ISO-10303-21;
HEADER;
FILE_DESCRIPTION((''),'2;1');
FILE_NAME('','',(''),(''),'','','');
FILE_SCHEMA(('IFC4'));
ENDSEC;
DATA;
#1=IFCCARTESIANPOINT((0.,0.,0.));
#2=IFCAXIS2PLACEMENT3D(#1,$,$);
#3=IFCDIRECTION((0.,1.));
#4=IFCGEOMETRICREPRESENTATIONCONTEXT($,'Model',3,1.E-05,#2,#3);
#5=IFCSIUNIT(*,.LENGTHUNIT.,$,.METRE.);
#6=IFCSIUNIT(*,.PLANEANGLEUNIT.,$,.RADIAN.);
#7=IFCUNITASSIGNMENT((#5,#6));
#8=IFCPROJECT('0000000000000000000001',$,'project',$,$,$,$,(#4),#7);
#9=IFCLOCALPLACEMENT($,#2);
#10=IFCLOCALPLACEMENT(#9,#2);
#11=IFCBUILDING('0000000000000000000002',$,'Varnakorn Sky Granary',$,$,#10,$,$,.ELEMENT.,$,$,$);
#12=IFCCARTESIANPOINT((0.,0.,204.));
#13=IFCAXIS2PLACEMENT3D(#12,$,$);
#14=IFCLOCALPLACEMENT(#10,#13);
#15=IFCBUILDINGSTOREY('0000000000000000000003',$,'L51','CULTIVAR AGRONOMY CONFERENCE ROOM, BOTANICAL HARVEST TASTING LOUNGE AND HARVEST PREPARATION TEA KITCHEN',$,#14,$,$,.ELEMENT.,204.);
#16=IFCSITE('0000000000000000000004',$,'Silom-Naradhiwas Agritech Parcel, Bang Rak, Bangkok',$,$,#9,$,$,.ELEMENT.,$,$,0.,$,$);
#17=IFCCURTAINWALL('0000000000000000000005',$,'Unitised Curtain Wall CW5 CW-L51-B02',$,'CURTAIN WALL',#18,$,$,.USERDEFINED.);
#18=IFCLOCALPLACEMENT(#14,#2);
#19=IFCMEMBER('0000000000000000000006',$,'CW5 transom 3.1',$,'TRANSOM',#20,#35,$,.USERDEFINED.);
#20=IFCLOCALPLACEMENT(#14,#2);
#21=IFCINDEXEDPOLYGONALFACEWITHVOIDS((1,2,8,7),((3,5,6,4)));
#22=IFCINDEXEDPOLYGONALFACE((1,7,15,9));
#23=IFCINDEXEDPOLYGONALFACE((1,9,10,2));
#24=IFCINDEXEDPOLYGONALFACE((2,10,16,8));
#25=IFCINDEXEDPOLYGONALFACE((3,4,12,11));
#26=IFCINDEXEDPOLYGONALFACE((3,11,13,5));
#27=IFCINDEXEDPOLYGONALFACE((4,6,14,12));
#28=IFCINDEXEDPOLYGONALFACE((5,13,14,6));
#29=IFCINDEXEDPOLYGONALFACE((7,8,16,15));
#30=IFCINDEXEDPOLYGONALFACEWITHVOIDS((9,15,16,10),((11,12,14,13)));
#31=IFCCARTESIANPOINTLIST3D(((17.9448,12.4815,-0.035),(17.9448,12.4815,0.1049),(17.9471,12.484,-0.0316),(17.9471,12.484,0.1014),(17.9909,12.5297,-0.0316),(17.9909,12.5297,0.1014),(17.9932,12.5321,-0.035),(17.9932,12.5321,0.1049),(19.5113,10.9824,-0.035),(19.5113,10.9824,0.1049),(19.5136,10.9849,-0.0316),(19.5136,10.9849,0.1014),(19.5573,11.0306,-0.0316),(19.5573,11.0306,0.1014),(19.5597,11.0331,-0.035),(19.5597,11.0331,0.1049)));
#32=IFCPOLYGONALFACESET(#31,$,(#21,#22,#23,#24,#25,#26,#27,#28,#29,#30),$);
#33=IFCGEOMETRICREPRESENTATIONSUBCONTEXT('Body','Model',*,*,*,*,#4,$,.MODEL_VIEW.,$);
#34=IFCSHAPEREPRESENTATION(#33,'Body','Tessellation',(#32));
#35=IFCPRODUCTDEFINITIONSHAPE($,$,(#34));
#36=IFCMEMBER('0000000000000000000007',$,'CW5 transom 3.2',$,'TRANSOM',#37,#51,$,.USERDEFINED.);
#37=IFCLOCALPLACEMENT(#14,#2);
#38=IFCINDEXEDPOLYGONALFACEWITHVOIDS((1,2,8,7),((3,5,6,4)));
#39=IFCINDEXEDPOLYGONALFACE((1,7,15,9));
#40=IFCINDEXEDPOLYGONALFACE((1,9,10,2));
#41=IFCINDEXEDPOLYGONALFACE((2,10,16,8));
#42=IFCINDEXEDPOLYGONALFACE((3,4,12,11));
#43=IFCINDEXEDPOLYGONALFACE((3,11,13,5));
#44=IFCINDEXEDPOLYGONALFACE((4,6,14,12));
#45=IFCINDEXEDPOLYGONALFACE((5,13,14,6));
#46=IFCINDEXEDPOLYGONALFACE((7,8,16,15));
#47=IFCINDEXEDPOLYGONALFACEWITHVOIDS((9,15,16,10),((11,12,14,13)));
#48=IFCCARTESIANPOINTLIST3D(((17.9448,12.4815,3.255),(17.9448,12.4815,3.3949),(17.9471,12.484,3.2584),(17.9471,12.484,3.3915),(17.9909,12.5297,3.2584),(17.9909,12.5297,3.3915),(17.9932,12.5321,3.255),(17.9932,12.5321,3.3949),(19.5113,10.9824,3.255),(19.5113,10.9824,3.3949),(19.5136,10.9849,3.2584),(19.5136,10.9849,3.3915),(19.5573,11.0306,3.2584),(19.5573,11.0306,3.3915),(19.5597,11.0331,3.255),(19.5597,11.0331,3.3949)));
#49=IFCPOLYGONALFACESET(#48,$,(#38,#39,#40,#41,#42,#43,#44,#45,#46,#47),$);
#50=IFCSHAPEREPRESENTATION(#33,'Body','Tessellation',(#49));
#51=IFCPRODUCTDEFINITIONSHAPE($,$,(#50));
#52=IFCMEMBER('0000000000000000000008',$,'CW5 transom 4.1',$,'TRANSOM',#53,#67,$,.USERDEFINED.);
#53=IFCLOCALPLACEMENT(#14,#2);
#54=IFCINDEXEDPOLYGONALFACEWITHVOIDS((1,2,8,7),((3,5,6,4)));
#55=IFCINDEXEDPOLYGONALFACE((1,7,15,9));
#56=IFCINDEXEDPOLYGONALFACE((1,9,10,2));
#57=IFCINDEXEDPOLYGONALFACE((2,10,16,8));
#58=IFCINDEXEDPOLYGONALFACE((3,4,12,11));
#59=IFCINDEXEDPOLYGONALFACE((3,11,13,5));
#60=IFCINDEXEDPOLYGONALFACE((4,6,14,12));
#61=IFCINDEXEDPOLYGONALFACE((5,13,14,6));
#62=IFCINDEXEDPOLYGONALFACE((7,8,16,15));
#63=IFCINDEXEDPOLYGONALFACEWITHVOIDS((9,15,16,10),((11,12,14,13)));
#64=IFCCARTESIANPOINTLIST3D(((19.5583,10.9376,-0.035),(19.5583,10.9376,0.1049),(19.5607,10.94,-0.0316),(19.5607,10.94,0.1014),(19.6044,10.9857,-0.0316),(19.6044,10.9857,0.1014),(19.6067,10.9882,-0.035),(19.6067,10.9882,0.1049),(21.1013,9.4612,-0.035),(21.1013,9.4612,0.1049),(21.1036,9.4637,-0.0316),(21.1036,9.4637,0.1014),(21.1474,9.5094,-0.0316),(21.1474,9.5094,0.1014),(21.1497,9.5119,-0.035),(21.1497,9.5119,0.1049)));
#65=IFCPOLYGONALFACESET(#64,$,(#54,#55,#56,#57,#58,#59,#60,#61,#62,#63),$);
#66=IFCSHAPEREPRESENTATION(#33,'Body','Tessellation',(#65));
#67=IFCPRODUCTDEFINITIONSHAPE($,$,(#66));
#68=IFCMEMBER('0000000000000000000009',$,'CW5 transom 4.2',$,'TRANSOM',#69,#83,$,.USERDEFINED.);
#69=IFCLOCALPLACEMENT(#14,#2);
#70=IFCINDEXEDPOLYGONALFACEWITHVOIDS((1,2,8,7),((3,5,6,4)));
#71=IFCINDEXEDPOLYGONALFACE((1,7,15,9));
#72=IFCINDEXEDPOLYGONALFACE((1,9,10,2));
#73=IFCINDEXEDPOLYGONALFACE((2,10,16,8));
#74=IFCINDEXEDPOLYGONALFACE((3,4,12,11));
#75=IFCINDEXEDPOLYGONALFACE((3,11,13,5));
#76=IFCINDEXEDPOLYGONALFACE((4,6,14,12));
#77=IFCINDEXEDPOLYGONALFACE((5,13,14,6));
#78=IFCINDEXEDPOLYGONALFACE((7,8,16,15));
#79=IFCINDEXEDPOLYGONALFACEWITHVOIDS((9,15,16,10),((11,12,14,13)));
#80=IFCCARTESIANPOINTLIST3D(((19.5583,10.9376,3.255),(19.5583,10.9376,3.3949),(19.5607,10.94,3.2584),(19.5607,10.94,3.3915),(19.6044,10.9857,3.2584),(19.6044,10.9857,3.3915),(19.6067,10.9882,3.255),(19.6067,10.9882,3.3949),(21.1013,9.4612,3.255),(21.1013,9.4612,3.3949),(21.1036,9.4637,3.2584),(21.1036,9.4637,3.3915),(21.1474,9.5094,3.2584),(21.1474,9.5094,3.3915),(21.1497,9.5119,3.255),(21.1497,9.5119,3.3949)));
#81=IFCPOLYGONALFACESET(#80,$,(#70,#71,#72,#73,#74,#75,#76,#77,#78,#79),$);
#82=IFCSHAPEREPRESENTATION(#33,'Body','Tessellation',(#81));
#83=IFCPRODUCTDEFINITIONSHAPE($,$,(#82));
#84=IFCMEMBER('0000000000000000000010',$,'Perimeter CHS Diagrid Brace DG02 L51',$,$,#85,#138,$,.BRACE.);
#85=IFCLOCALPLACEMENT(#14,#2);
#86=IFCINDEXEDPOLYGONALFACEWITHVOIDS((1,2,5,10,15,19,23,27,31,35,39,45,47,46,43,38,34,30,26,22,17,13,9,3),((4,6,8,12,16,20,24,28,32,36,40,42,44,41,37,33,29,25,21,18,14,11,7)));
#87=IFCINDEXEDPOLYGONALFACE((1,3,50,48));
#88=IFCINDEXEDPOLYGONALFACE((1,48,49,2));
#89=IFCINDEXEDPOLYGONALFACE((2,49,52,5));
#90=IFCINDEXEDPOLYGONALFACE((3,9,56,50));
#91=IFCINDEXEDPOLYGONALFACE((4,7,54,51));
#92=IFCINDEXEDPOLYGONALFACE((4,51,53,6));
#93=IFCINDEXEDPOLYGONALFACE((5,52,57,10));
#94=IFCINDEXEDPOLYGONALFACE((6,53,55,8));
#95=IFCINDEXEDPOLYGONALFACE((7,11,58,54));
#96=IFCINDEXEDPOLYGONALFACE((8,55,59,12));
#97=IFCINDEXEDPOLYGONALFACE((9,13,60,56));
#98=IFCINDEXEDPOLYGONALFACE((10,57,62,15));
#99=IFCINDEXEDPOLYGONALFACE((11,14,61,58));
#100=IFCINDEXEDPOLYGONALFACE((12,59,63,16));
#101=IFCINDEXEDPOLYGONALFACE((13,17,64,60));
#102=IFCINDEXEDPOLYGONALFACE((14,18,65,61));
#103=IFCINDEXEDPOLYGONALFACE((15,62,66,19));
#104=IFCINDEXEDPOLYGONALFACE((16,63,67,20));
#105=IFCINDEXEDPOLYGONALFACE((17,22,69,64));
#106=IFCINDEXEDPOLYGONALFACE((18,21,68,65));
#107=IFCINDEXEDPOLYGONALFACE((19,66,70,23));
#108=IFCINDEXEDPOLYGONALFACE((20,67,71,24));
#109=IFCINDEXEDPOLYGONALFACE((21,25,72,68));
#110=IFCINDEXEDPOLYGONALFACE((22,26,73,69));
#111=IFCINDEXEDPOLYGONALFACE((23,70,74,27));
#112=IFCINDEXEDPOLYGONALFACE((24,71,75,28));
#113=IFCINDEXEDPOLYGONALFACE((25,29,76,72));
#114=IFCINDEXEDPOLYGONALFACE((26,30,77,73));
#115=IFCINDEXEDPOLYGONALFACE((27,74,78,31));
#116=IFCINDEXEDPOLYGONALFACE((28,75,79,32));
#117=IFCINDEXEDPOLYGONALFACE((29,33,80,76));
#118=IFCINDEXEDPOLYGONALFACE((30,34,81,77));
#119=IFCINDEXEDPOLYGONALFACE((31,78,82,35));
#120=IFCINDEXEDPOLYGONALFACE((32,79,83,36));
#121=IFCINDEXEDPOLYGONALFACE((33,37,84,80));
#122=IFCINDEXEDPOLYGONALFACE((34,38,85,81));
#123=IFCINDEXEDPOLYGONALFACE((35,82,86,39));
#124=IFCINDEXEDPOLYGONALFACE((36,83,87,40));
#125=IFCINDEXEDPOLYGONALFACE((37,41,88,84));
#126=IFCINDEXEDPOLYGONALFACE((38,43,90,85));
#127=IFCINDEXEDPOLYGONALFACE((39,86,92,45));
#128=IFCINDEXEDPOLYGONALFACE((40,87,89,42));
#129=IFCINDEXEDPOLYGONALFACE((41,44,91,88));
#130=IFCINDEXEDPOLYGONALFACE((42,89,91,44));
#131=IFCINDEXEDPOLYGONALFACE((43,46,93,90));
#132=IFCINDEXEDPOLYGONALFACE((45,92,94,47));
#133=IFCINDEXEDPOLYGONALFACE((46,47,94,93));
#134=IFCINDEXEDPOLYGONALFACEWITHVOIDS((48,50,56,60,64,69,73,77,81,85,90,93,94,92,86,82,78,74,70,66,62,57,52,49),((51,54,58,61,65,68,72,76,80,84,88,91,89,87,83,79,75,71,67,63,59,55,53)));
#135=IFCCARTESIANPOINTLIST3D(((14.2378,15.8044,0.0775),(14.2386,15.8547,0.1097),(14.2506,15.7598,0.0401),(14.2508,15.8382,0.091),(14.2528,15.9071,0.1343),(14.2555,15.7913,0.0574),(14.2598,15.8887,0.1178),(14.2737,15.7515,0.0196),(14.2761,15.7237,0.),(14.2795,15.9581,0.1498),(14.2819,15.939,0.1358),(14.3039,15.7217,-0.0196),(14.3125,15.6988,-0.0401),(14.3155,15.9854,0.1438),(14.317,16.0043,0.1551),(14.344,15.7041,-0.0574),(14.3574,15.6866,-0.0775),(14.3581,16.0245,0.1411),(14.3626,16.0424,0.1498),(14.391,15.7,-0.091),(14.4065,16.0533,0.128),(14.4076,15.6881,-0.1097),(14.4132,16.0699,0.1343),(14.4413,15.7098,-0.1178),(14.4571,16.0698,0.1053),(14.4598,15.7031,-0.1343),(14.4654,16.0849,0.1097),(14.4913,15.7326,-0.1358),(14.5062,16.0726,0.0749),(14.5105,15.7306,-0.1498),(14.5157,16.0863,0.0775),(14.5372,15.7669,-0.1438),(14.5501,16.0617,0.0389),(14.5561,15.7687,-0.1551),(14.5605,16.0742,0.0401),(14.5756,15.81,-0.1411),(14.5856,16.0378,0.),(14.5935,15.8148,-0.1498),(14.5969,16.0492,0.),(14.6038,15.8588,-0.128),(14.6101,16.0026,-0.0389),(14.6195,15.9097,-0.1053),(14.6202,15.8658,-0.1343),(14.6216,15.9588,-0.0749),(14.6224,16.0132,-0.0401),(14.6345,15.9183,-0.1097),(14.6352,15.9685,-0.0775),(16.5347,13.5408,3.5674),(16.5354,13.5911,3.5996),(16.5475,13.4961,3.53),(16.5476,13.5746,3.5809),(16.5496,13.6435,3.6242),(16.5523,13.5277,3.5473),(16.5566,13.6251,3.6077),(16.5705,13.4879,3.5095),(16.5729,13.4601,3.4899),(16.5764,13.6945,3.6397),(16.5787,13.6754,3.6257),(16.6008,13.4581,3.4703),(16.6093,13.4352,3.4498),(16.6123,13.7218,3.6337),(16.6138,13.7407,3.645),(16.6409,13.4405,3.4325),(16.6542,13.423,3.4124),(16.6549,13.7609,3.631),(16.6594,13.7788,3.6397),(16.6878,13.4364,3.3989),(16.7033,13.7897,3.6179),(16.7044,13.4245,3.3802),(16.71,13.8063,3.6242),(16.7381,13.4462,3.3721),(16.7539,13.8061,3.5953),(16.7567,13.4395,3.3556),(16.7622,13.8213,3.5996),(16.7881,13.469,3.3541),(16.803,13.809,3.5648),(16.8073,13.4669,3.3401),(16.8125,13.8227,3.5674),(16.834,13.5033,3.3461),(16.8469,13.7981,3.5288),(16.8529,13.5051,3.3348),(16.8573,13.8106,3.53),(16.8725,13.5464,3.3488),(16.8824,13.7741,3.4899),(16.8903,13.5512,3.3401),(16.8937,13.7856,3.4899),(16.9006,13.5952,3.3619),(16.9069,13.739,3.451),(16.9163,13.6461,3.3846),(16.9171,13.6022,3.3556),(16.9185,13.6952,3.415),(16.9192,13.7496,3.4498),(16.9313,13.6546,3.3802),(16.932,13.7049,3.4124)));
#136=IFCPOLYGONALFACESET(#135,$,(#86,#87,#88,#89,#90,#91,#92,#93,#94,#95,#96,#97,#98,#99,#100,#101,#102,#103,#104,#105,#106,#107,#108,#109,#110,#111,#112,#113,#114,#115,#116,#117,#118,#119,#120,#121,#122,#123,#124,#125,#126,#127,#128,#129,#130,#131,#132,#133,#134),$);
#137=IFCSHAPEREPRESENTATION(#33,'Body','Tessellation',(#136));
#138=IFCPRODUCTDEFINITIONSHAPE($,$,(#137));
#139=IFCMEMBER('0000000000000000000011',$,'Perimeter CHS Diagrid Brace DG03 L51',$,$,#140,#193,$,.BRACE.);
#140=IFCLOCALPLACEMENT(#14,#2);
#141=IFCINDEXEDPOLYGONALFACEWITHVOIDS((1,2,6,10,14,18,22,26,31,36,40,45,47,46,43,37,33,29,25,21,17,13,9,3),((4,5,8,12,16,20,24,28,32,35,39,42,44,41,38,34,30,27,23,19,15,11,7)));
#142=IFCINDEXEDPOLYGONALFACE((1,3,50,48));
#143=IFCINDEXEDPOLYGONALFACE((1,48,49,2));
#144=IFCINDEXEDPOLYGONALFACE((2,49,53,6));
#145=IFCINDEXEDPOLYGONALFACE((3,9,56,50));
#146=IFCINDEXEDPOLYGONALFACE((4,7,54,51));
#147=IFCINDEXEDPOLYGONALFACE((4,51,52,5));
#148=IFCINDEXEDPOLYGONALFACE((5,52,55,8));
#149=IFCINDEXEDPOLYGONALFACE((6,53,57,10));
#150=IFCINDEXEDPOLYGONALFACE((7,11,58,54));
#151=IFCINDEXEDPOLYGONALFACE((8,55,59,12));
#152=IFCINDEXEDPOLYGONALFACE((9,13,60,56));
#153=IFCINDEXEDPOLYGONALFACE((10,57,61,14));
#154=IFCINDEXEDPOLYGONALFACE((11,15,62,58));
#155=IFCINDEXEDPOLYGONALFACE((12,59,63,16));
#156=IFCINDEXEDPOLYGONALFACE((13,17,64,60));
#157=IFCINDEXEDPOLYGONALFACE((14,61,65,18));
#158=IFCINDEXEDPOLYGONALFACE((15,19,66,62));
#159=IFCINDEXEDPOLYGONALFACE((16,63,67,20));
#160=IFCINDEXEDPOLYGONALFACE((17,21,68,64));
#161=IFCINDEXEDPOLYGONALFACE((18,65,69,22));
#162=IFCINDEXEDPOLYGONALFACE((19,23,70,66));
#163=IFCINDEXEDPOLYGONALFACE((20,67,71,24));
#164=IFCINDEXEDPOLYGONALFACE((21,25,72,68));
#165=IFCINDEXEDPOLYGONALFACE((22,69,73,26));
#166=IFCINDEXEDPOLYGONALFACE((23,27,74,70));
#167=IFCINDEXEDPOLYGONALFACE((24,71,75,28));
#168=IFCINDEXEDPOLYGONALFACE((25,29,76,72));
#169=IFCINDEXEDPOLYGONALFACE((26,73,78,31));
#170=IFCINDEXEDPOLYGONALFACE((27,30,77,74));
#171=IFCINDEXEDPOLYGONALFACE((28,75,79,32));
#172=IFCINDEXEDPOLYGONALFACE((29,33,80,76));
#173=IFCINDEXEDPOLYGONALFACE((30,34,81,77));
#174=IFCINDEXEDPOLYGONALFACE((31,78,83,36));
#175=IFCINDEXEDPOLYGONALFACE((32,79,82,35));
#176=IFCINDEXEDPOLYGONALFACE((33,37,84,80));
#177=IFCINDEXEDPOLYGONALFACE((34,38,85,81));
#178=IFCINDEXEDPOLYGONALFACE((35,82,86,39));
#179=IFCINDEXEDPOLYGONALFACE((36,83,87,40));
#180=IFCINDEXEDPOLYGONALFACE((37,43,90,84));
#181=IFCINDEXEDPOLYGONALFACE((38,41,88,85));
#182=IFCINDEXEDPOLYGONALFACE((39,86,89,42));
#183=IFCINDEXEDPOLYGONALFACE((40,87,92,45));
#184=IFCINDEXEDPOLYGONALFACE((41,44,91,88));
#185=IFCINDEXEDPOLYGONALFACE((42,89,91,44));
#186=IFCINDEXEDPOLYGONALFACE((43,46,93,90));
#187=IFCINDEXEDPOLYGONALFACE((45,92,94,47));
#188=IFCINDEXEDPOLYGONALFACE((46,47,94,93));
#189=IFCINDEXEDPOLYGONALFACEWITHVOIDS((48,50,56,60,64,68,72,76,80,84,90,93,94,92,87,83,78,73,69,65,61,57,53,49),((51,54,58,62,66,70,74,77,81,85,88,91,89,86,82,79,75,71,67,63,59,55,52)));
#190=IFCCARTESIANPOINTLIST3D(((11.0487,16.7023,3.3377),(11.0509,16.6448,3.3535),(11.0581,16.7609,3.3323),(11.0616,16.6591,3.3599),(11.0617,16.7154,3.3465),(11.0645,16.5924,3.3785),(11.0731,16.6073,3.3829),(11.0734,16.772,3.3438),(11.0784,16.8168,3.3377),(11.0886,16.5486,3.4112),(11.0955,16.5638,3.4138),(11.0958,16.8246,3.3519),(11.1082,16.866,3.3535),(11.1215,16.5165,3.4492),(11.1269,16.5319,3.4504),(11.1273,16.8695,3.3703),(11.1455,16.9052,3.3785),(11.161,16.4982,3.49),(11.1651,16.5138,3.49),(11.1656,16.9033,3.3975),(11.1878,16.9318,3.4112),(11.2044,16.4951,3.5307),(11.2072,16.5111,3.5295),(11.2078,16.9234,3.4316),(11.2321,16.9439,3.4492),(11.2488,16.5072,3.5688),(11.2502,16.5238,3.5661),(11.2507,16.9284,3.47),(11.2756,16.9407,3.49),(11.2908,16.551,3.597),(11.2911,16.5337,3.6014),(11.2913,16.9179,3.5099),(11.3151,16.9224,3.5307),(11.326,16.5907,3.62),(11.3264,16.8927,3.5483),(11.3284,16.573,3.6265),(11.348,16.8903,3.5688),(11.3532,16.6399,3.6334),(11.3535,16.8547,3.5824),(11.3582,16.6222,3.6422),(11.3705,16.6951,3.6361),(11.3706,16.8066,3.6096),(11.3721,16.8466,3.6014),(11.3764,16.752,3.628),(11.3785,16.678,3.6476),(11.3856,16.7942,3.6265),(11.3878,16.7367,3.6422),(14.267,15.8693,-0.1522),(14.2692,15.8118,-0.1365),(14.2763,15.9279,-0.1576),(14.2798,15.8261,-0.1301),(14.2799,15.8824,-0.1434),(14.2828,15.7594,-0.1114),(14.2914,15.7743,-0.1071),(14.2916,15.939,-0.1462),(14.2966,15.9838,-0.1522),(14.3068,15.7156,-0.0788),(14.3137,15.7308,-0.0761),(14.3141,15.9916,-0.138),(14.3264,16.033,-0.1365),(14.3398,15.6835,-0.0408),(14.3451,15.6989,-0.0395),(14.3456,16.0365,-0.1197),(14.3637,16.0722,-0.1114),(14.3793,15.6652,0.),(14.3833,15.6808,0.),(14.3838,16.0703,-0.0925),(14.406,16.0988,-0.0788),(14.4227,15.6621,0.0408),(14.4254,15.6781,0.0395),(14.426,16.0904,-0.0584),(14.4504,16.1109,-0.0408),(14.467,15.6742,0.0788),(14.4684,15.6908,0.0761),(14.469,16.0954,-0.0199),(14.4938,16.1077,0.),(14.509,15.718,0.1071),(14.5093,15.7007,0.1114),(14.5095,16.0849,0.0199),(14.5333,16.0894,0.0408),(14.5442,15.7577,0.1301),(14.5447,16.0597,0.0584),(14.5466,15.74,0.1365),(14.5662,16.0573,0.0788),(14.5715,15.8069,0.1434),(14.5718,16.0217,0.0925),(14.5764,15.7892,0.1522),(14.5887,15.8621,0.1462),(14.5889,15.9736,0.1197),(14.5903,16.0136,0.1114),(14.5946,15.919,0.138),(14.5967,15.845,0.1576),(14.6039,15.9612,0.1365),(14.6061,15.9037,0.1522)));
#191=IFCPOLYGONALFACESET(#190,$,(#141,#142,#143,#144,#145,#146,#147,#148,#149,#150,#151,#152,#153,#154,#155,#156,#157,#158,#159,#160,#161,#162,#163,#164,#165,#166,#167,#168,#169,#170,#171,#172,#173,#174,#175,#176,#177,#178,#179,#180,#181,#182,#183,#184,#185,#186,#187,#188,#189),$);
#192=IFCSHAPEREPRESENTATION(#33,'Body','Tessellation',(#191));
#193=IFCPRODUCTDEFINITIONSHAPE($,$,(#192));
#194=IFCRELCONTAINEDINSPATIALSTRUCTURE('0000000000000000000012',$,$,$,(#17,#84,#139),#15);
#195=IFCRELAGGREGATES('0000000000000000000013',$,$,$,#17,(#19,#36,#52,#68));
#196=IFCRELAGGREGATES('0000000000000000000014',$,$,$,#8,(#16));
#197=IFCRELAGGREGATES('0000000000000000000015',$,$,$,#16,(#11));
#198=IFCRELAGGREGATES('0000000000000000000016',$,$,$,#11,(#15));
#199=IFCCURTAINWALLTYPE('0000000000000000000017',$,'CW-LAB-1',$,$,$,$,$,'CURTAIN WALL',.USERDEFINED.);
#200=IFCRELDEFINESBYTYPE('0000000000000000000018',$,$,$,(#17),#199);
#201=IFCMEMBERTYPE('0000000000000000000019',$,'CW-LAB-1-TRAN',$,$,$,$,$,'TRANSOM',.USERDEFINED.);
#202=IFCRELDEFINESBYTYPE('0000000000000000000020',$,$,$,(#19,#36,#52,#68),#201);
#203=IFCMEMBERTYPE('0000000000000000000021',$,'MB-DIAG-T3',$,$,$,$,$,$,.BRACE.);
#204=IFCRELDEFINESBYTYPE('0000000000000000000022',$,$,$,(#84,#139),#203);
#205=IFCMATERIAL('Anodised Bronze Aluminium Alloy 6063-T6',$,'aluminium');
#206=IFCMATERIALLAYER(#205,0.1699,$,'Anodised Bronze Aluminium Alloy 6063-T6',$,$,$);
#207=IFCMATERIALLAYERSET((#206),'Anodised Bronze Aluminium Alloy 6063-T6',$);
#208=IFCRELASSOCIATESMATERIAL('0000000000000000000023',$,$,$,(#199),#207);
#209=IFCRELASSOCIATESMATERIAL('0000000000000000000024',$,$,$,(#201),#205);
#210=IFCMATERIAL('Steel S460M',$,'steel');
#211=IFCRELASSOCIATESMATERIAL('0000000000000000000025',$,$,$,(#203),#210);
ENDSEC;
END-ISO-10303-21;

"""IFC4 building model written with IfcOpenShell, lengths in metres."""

from ifc_helpers import new_model, si_unit, direction, frame, origin, origin_2d, place, context, subcontext, project, spatial, hollow_rectangle, hollow_circle, extrude, material, layer, layer_set, material_profile, profile_set, type_object, element, aggregate, save


model = new_model("IFC4")

# Units and contexts
model_context = context("Model", 3, precision=1e-05, world=origin(), true_north=direction((0.0, 1.0)))
body_context = subcontext(model_context, "Body", "Model", "MODEL_VIEW")
ifc_project = project(units=[si_unit("LENGTHUNIT", "METRE"), si_unit("PLANEANGLEUNIT", "RADIAN")], contexts=[model_context])

# Site, building, storey
site_placement = place(None, origin())
site = spatial("IfcSite", under=ifc_project, at=site_placement, Name="Silom-Naradhiwas Agritech Parcel, Bang Rak, Bangkok", CompositionType="ELEMENT", RefElevation=0.0)
building_placement = place(site_placement, origin())
building = spatial("IfcBuilding", under=site, at=building_placement, Name="Varnakorn Sky Granary", CompositionType="ELEMENT")
storey_placement = place(building_placement, frame((0.0, 0.0, 204.0)))
storey = spatial("IfcBuildingStorey", under=building, at=storey_placement, Name="L51", Description="CULTIVAR AGRONOMY CONFERENCE ROOM, BOTANICAL HARVEST TASTING LOUNGE AND HARVEST PREPARATION TEA KITCHEN", CompositionType="ELEMENT", Elevation=204.0)

# Curtain wall, members
ifc_material_1 = material(Name="Anodised Bronze Aluminium Alloy 6063-T6", Category="aluminium")
ifc_layer_1 = layer(ifc_material_1, 0.1699, Name="Anodised Bronze Aluminium Alloy 6063-T6")
ifc_layer_set_1 = layer_set([ifc_layer_1], Name="Anodised Bronze Aluminium Alloy 6063-T6")
curtain_wall_type = type_object("IfcCurtainWallType", Name="CW-LAB-1", ElementType="CURTAIN WALL", PredefinedType="USERDEFINED", material=ifc_layer_set_1)
curtain_wall_placement = place(storey_placement, origin())
curtain_wall = element("IfcCurtainWall", 1, at=curtain_wall_placement, inside=storey, type_object=curtain_wall_type, Name="Unitised Curtain Wall CW5 CW-L51-B02", ObjectType="CURTAIN WALL", PredefinedType="USERDEFINED")
ifc_material_profile_1 = material_profile(ifc_material_1, hollow_rectangle(XDim=0.0701, YDim=0.1399, WallThickness=0.0034, at=origin_2d()), Name="ALU TRAN 70x140")
ifc_profile_set_1 = profile_set([ifc_material_profile_1], Name="Anodised Bronze Aluminium Alloy 6063-T6")
member_type_1 = type_object("IfcMemberType", Name="CW-LAB-1-TRAN", ElementType="TRANSOM", PredefinedType="USERDEFINED", material=ifc_profile_set_1)
member_1_placement = place(storey_placement, frame((17.969, 12.5068, 0.0349), z_axis=(0.722476, -0.691396, 0.0), x_axis=(0.691396, 0.722476, 0.0)))
member_1 = element("IfcMember", 2, at=member_1_placement, type_object=member_type_1, Name="CW5 transom 3.1", ObjectType="TRANSOM", PredefinedType="USERDEFINED", context=body_context, shape_type="SweptSolid", body=[
    extrude(hollow_rectangle(XDim=0.0701, YDim=0.1399, WallThickness=0.0034, at=origin_2d()), origin(), (0.0, 0.0, 1.0), 2.1682),
])
member_2_placement = place(storey_placement, frame((17.969, 12.5068, 3.325), z_axis=(0.722476, -0.691396, 0.0), x_axis=(0.691396, 0.722476, 0.0)))
member_2 = element("IfcMember", 3, at=member_2_placement, type_object=member_type_1, Name="CW5 transom 3.2", ObjectType="TRANSOM", PredefinedType="USERDEFINED", context=body_context, shape_type="SweptSolid", body=[
    extrude(hollow_rectangle(XDim=0.0701, YDim=0.1399, WallThickness=0.0034, at=origin_2d()), origin(), (0.0, 0.0, 1.0), 2.1682),
])
member_3_placement = place(storey_placement, frame((19.5825, 10.9629, 0.0349), z_axis=(0.72254, -0.691329, 0.0), x_axis=(0.691329, 0.72254, 0.0)))
member_3 = element("IfcMember", 4, at=member_3_placement, type_object=member_type_1, Name="CW5 transom 4.1", ObjectType="TRANSOM", PredefinedType="USERDEFINED", context=body_context, shape_type="SweptSolid", body=[
    extrude(hollow_rectangle(XDim=0.0701, YDim=0.1399, WallThickness=0.0034, at=origin_2d()), origin(), (0.0, 0.0, 1.0), 2.1355),
])
member_4_placement = place(storey_placement, frame((19.5825, 10.9629, 3.325), z_axis=(0.72254, -0.691329, 0.0), x_axis=(0.691329, 0.72254, 0.0)))
member_4 = element("IfcMember", 5, at=member_4_placement, type_object=member_type_1, Name="CW5 transom 4.2", ObjectType="TRANSOM", PredefinedType="USERDEFINED", context=body_context, shape_type="SweptSolid", body=[
    extrude(hollow_rectangle(XDim=0.0701, YDim=0.1399, WallThickness=0.0034, at=origin_2d()), origin(), (0.0, 0.0, 1.0), 2.1355),
])

# Members
ifc_material_2 = material(Name="Steel S460M", Category="steel")
ifc_material_profile_2 = material_profile(ifc_material_2, hollow_circle(Radius=0.2285, WallThickness=0.0161, at=origin_2d()), Name="CHS 457x16")
ifc_profile_set_2 = profile_set([ifc_material_profile_2], Name="Steel S460M")
member_type_2 = type_object("IfcMemberType", Name="MB-DIAG-T3", PredefinedType="BRACE", material=ifc_profile_set_2)
member_5_placement = place(storey_placement, frame((14.4365, 15.8865, 0.0), z_axis=(0.483367, -0.476379, 0.734452), x_axis=(0.70194, 0.712236, 0.0)))
element("IfcMember", 6, at=member_5_placement, inside=storey, type_object=member_type_2, Name="Perimeter CHS Diagrid Brace DG02 L51", PredefinedType="BRACE", context=body_context, shape_type="SweptSolid", body=[
    extrude(hollow_circle(Radius=0.2285, WallThickness=0.0161, at=origin_2d()), origin(), (0.0, 0.0, 1.0), 4.7517),
])
member_6_placement = place(storey_placement, frame((14.4365, 15.8865, 0.0), z_axis=(-0.667707, 0.172828, 0.724084), x_axis=(-0.25058, -0.968096, 0.0)))
element("IfcMember", 7, at=member_6_placement, inside=storey, type_object=member_type_2, Name="Perimeter CHS Diagrid Brace DG03 L51", PredefinedType="BRACE", context=body_context, shape_type="SweptSolid", body=[
    extrude(hollow_circle(Radius=0.2285, WallThickness=0.0161, at=origin_2d()), origin(), (0.0, 0.0, 1.0), 4.8198),
])

aggregate(curtain_wall, [member_1, member_2, member_3, member_4])

save(model, "model.ifc")
